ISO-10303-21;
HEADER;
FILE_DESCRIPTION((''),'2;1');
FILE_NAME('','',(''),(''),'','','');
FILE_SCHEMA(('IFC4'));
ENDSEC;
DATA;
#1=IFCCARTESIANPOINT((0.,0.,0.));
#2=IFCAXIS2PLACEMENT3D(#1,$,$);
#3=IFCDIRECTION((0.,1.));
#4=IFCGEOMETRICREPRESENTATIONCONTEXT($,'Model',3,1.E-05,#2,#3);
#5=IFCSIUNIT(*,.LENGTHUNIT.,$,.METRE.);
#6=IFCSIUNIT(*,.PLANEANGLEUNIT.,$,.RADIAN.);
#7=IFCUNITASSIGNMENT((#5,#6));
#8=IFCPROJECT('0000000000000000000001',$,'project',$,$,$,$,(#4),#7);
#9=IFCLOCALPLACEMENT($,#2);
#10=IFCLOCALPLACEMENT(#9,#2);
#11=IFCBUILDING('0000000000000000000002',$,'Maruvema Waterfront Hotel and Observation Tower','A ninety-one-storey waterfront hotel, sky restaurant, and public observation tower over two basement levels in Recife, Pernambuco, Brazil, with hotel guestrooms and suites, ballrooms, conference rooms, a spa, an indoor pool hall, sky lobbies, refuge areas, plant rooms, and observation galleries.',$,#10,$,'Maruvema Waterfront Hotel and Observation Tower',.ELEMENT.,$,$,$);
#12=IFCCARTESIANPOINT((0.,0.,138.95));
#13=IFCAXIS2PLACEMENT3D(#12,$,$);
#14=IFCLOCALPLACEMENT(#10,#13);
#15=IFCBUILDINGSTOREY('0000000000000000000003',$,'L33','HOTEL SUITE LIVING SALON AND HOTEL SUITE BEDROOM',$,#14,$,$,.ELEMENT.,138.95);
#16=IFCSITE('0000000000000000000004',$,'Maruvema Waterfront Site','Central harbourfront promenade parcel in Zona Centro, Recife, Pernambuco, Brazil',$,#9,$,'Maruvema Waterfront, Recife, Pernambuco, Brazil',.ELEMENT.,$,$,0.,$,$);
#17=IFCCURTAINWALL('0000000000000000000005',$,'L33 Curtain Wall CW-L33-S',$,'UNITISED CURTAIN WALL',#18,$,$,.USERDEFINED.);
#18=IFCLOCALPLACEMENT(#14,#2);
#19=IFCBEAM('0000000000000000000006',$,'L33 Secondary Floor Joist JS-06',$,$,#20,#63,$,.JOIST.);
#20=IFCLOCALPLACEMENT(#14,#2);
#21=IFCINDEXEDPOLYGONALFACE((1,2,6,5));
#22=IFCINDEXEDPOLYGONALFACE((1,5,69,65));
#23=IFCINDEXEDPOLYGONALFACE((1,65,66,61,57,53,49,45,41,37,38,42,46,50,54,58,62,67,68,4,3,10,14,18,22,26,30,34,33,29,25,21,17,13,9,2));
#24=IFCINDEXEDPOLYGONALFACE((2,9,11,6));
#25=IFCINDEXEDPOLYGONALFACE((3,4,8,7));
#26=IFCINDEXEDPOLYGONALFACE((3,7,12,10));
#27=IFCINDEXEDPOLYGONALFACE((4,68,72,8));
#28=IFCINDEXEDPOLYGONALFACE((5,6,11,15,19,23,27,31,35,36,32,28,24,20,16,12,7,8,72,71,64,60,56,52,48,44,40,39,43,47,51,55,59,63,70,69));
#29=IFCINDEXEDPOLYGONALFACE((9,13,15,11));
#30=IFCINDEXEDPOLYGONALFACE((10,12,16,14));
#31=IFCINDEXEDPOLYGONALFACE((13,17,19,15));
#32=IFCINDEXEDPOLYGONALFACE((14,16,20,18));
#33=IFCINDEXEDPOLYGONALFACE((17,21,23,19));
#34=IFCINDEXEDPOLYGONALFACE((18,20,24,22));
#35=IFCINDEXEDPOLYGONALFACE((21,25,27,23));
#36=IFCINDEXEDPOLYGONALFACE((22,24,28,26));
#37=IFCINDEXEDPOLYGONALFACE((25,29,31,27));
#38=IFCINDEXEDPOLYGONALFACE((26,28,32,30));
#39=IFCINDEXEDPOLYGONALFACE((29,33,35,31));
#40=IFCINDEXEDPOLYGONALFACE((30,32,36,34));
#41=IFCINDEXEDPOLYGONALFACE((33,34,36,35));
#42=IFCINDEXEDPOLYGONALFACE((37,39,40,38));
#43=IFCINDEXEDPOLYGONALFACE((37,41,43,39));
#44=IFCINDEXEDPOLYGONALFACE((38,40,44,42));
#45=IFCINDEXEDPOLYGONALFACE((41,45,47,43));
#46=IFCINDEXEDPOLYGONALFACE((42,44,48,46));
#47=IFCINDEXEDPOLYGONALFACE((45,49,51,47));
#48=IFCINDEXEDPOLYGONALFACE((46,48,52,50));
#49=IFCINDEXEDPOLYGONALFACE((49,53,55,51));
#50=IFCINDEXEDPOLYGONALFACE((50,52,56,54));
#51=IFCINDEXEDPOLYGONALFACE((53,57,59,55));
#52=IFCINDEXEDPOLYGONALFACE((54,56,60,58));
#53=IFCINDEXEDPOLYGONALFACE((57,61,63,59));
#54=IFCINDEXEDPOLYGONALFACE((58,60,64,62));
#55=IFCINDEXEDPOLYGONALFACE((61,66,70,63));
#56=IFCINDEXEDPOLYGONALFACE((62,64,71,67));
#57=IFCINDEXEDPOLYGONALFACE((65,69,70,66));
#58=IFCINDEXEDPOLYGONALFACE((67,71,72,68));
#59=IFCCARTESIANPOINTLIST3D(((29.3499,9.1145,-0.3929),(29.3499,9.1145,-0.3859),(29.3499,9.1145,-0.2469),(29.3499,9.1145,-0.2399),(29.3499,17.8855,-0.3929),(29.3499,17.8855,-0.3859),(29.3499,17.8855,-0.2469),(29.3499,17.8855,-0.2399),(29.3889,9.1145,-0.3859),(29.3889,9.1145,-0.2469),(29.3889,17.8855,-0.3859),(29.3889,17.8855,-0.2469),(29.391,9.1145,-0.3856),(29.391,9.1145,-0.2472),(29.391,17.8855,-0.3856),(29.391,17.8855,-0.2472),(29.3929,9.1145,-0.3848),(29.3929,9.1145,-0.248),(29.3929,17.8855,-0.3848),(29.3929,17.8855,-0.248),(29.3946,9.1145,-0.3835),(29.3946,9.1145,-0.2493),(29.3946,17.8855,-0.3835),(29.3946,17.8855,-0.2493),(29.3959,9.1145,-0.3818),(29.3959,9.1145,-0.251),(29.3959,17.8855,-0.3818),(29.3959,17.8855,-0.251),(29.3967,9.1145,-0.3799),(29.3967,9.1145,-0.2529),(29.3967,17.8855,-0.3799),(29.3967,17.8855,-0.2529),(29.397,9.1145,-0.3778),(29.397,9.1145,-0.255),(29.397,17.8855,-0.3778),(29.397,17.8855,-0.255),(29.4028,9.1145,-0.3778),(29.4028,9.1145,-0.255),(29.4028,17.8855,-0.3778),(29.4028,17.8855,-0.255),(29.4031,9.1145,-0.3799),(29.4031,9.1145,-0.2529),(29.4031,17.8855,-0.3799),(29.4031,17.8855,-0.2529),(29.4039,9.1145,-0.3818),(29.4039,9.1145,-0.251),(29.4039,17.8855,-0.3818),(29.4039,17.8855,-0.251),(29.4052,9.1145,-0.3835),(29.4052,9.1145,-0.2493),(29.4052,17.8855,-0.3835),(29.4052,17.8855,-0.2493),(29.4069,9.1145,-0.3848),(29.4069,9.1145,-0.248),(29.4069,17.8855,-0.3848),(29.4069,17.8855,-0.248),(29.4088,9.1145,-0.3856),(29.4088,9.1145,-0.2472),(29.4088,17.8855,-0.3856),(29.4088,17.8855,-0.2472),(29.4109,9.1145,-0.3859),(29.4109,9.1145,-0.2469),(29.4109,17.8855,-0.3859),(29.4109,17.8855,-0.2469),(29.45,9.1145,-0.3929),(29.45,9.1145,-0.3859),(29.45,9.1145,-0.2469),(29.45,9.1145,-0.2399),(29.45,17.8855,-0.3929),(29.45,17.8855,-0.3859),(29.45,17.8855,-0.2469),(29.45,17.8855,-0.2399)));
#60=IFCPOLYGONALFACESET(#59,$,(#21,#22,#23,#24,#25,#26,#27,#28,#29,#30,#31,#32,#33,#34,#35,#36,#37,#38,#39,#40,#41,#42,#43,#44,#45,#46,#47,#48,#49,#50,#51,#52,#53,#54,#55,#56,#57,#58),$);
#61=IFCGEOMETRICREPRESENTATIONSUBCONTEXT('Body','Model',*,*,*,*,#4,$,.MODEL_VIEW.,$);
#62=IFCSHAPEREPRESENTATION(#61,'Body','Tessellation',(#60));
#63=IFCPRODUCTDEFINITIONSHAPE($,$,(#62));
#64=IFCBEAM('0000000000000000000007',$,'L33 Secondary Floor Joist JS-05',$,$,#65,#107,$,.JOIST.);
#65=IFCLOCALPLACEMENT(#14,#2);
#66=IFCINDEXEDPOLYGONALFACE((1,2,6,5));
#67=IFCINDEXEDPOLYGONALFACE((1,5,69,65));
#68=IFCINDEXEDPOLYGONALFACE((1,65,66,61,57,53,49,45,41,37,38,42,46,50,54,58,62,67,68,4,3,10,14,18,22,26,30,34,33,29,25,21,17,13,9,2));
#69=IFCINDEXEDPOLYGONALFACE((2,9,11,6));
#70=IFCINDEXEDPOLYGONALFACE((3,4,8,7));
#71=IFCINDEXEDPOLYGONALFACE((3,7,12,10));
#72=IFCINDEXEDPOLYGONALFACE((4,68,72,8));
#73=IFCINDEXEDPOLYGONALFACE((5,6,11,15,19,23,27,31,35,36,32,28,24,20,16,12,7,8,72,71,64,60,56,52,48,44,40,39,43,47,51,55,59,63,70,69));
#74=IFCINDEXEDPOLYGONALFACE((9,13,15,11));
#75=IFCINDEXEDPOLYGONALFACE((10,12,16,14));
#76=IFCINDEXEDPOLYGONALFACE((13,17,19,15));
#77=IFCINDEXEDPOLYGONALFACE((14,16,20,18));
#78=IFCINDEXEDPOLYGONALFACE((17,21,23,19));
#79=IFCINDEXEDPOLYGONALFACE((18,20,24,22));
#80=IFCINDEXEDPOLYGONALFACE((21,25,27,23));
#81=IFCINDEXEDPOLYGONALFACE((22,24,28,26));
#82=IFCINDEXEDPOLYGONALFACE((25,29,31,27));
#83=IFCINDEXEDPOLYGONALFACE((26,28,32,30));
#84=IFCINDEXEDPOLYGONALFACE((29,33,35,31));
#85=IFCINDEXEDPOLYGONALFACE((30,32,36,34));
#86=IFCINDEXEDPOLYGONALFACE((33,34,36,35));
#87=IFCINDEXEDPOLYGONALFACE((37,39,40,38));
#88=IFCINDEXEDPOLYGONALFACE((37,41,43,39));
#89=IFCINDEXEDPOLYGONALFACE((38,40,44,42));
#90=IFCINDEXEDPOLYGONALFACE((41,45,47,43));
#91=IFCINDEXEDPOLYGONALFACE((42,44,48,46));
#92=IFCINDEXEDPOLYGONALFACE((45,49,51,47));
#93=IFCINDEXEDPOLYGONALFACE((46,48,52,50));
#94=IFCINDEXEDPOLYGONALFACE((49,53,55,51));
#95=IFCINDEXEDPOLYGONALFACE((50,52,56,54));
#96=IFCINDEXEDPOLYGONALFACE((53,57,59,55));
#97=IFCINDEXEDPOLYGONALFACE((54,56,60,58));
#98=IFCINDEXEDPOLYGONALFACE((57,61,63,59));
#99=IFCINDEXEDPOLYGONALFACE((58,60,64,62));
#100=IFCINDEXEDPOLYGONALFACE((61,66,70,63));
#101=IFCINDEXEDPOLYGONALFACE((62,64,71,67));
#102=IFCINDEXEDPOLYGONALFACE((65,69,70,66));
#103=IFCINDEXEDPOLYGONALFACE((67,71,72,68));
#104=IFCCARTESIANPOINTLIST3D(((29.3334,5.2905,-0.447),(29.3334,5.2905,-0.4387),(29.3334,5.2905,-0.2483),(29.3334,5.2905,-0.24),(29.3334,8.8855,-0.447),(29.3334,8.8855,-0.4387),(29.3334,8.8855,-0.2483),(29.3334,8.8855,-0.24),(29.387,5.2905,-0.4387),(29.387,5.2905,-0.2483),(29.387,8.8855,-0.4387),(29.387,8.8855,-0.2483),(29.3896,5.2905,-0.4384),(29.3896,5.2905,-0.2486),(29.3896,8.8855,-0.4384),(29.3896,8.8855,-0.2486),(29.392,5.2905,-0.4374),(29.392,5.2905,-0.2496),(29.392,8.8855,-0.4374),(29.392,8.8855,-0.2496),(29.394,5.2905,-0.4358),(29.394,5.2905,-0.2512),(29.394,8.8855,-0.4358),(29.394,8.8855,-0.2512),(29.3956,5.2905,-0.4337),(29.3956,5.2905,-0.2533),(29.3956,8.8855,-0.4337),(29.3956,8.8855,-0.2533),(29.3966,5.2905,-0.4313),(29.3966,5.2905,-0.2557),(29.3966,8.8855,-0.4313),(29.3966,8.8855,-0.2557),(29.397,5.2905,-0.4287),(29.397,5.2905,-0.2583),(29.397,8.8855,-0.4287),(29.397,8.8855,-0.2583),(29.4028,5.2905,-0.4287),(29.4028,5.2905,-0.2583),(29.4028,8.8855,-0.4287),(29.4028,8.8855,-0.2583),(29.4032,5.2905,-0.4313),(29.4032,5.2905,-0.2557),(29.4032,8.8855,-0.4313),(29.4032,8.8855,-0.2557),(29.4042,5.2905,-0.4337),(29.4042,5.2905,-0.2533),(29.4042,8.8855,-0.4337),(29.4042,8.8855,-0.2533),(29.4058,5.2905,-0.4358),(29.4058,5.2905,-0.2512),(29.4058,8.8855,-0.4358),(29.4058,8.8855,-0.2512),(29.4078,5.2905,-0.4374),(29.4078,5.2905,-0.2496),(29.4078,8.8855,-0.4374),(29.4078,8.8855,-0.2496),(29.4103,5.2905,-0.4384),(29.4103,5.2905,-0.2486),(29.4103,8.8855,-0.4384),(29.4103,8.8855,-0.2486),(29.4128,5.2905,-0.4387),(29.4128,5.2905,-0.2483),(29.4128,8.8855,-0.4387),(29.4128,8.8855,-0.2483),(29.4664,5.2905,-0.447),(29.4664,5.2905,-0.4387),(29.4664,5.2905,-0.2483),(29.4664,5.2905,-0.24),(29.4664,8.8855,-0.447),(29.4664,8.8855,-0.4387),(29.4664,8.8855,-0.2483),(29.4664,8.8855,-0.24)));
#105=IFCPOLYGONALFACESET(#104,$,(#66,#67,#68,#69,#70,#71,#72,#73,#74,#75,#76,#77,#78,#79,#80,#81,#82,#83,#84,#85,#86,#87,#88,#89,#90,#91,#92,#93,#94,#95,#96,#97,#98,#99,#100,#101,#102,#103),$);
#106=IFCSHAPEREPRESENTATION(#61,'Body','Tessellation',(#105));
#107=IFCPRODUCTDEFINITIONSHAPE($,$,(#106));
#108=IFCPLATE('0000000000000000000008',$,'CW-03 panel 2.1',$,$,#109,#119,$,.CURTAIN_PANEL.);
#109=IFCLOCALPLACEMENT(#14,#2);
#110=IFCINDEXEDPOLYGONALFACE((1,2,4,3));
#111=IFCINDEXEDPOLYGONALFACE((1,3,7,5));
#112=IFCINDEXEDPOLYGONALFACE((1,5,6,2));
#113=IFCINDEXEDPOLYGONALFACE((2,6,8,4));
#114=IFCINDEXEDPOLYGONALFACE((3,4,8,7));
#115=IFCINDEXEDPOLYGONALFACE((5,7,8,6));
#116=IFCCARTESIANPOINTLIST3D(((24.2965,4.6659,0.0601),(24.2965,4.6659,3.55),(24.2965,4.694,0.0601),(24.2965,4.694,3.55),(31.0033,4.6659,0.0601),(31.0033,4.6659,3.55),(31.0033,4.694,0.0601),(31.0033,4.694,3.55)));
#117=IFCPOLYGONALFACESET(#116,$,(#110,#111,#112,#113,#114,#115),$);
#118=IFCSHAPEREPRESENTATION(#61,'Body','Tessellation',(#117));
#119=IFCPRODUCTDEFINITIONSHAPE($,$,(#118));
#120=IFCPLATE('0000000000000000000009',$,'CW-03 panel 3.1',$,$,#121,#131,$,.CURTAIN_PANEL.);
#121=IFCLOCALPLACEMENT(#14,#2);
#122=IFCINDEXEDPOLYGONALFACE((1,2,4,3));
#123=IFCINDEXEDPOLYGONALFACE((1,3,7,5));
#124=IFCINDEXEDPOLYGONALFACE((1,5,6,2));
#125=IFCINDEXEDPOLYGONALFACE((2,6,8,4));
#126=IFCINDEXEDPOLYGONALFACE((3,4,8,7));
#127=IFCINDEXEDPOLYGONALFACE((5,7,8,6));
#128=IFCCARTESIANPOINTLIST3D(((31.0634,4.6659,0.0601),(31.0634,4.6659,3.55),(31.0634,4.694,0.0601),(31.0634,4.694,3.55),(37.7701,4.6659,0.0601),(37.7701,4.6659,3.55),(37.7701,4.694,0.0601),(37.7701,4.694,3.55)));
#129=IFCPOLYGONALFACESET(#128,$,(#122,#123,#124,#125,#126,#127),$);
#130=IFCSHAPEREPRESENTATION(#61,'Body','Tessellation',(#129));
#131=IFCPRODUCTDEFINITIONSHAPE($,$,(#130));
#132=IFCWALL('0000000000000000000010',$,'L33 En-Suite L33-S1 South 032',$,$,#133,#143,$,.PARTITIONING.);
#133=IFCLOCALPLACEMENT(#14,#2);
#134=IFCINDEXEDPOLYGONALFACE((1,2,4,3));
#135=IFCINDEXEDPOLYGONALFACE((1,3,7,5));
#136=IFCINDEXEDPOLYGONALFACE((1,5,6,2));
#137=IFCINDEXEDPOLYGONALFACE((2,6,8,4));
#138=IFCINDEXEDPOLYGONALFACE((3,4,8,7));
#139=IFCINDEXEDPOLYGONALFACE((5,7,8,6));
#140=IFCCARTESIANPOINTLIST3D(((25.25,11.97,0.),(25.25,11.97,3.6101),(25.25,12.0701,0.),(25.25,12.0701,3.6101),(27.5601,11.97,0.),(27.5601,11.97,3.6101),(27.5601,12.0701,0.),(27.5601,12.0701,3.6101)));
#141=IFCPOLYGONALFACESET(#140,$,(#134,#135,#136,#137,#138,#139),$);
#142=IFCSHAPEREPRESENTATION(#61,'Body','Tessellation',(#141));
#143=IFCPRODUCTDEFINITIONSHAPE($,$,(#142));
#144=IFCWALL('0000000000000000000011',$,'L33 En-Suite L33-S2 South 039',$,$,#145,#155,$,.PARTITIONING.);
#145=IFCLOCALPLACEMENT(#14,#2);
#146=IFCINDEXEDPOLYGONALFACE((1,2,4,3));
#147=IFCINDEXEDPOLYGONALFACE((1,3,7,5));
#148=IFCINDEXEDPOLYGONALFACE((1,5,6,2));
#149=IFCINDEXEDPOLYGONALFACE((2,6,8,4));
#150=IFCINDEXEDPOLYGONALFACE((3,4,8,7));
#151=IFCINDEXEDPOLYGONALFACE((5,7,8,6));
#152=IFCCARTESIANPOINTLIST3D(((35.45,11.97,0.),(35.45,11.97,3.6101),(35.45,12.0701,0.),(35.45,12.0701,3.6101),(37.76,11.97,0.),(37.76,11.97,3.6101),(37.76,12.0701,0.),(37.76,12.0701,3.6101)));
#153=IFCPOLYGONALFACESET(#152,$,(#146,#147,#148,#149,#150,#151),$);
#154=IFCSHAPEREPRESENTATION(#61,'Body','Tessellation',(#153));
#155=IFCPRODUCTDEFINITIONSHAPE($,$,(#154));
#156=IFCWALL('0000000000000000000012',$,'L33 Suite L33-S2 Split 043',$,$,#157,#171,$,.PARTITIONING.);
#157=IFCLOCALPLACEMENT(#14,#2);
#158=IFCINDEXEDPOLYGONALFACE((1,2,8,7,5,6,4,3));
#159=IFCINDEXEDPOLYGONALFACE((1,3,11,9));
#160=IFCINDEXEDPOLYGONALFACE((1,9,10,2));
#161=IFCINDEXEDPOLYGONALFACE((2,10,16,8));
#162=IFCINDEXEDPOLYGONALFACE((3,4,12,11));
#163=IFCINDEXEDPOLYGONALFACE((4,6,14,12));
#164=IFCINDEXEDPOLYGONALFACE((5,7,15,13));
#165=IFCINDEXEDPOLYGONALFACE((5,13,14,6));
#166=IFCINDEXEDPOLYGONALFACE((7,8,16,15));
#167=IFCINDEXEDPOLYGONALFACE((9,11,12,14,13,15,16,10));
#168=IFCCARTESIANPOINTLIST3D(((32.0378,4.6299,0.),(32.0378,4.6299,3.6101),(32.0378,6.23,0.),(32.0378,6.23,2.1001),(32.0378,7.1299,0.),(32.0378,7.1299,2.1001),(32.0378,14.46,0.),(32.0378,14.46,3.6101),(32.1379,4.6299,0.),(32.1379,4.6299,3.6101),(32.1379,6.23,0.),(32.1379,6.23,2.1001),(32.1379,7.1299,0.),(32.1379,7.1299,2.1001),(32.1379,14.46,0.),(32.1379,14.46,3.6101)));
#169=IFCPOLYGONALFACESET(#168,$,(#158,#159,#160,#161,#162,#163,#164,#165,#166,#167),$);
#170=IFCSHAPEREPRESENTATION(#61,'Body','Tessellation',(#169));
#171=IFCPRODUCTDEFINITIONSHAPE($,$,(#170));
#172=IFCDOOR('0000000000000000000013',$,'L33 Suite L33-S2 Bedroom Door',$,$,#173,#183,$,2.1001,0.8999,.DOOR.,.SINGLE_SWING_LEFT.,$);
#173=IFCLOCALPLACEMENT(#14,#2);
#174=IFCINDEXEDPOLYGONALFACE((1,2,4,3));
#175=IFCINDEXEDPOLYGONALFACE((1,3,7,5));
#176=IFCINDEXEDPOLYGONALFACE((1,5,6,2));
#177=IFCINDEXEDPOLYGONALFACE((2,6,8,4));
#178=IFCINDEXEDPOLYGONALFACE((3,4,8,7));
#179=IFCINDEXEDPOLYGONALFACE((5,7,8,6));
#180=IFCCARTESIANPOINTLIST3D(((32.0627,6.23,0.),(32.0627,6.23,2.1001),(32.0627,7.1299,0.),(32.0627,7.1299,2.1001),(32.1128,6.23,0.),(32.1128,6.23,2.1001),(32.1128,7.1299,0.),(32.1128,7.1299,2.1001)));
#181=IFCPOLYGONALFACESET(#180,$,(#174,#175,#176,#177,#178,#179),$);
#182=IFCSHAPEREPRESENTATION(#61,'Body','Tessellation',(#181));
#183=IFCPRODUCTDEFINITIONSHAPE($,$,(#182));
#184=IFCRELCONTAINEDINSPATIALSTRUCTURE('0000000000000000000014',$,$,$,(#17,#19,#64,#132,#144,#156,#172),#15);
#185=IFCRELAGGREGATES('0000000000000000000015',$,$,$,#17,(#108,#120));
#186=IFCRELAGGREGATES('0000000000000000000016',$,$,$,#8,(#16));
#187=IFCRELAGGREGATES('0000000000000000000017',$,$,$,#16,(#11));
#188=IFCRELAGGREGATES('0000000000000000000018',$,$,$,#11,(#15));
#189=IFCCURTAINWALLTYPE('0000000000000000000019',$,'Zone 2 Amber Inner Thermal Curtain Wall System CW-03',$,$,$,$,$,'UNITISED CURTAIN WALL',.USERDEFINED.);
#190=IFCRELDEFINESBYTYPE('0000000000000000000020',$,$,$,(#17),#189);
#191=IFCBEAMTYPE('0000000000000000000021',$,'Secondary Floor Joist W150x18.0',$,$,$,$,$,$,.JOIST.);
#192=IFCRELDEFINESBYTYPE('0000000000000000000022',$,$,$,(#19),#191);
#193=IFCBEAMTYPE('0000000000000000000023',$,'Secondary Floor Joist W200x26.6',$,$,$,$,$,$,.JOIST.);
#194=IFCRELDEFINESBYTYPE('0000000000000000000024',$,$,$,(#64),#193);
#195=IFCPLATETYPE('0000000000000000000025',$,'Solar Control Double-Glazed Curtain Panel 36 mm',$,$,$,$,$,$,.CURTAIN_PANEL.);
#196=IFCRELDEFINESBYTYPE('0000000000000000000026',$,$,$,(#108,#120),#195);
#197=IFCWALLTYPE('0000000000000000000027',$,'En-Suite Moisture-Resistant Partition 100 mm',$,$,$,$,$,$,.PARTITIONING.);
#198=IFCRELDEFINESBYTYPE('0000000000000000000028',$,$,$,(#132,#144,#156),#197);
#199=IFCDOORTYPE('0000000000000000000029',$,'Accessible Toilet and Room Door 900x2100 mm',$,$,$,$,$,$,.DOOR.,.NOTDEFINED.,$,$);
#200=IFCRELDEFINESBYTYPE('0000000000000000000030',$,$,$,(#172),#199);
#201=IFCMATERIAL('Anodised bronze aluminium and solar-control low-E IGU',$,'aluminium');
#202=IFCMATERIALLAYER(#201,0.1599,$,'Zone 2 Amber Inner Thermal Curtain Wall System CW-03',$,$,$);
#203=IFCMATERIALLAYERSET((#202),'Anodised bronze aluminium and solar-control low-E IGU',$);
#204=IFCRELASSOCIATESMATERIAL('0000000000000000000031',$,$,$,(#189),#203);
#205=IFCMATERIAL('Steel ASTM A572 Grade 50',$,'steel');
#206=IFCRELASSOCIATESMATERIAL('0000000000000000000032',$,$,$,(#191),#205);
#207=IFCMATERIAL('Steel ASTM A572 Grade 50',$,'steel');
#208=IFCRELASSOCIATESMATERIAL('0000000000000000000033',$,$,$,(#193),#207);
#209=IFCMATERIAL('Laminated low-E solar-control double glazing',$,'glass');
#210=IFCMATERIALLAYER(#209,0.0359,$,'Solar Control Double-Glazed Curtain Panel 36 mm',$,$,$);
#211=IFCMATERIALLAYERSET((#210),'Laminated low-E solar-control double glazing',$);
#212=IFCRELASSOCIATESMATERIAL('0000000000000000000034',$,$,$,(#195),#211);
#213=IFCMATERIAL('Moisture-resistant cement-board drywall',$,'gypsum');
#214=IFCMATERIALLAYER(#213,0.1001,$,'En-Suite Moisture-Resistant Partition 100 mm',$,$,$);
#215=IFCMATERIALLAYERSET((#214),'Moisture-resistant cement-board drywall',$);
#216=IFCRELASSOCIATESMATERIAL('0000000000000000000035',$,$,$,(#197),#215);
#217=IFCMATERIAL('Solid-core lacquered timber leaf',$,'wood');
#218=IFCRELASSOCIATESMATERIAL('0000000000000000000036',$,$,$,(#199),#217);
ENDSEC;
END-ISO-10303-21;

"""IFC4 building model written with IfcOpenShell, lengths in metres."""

from ifc_helpers import new_model, si_unit, direction, frame, frame_2d, origin, origin_2d, place, context, subcontext, project, spatial, rectangle, i_section, extrude, material, layer, layer_set, material_profile, profile_set, type_object, element, fill, aggregate, save


model = new_model("IFC4")

# Units and contexts
model_context = context("Model", 3, precision=1e-05, world=origin(), true_north=direction((0.0, 1.0)))
body_context = subcontext(model_context, "Body", "Model", "MODEL_VIEW")
ifc_project = project(units=[si_unit("LENGTHUNIT", "METRE"), si_unit("PLANEANGLEUNIT", "RADIAN")], contexts=[model_context])

# Site, building, storey
site_placement = place(None, origin())
site = spatial("IfcSite", under=ifc_project, at=site_placement, Name="Maruvema Waterfront Site", Description="Central harbourfront promenade parcel in Zona Centro, Recife, Pernambuco, Brazil", LongName="Maruvema Waterfront, Recife, Pernambuco, Brazil", CompositionType="ELEMENT", RefElevation=0.0)
building_placement = place(site_placement, origin())
building = spatial("IfcBuilding", under=site, at=building_placement, Name="Maruvema Waterfront Hotel and Observation Tower", Description="A ninety-one-storey waterfront hotel, sky restaurant, and public observation tower over two basement levels in Recife, Pernambuco, Brazil, with hotel guestrooms and suites, ballrooms, conference rooms, a spa, an indoor pool hall, sky lobbies, refuge areas, plant rooms, and observation galleries.", LongName="Maruvema Waterfront Hotel and Observation Tower", CompositionType="ELEMENT")
storey_placement = place(building_placement, frame((0.0, 0.0, 138.95)))
storey = spatial("IfcBuildingStorey", under=building, at=storey_placement, Name="L33", Description="HOTEL SUITE LIVING SALON AND HOTEL SUITE BEDROOM", CompositionType="ELEMENT", Elevation=138.95)

# Curtain wall
ifc_material_1 = material(Name="Anodised bronze aluminium and solar-control low-E IGU", Category="aluminium")
ifc_layer_1 = layer(ifc_material_1, 0.1599, Name="Zone 2 Amber Inner Thermal Curtain Wall System CW-03")
ifc_layer_set_1 = layer_set([ifc_layer_1], Name="Anodised bronze aluminium and solar-control low-E IGU")
curtain_wall_type = type_object("IfcCurtainWallType", Name="Zone 2 Amber Inner Thermal Curtain Wall System CW-03", ElementType="UNITISED CURTAIN WALL", PredefinedType="USERDEFINED", material=ifc_layer_set_1)
curtain_wall_placement = place(storey_placement, origin())
curtain_wall = element("IfcCurtainWall", 1, at=curtain_wall_placement, inside=storey, type_object=curtain_wall_type, Name="L33 Curtain Wall CW-L33-S", ObjectType="UNITISED CURTAIN WALL", PredefinedType="USERDEFINED")

# Beams
ifc_material_2 = material(Name="Steel ASTM A572 Grade 50", Category="steel")
ifc_material_profile_1 = material_profile(ifc_material_2, i_section(OverallWidth=0.1001, OverallDepth=0.1531, WebThickness=0.0059, FlangeThickness=0.0071, FilletRadius=0.0081, at=origin_2d()), Name="W150x18.0")
ifc_profile_set_1 = profile_set([ifc_material_profile_1], Name="Steel ASTM A572 Grade 50")
beam_type_1 = type_object("IfcBeamType", Name="Secondary Floor Joist W150x18.0", PredefinedType="JOIST", material=ifc_profile_set_1)
beam_1_placement = place(storey_placement, frame((29.3999, 9.1145, -0.3164), z_axis=(0.0, 1.0, 0.0), x_axis=(-1.0, 0.0, 0.0)))
element("IfcBeam", 2, at=beam_1_placement, inside=storey, type_object=beam_type_1, Name="L33 Secondary Floor Joist JS-06", PredefinedType="JOIST", context=body_context, shape_type="SweptSolid", body=[
    extrude(i_section(OverallWidth=0.1001, OverallDepth=0.1531, WebThickness=0.0059, FlangeThickness=0.0071, FilletRadius=0.0081, at=origin_2d()), origin(), (0.0, 0.0, 1.0), 8.771),
])
ifc_material_3 = material(Name="Steel ASTM A572 Grade 50", Category="steel")
ifc_material_profile_2 = material_profile(ifc_material_3, i_section(OverallWidth=0.1331, OverallDepth=0.207, WebThickness=0.0059, FlangeThickness=0.0083, FilletRadius=0.01, at=origin_2d()), Name="W200x26.6")
ifc_profile_set_2 = profile_set([ifc_material_profile_2], Name="Steel ASTM A572 Grade 50")
beam_type_2 = type_object("IfcBeamType", Name="Secondary Floor Joist W200x26.6", PredefinedType="JOIST", material=ifc_profile_set_2)
beam_2_placement = place(storey_placement, frame((29.3999, 5.2905, -0.3435), z_axis=(0.0, 1.0, 0.0), x_axis=(-1.0, 0.0, 0.0)))
element("IfcBeam", 3, at=beam_2_placement, inside=storey, type_object=beam_type_2, Name="L33 Secondary Floor Joist JS-05", PredefinedType="JOIST", context=body_context, shape_type="SweptSolid", body=[
    extrude(i_section(OverallWidth=0.1331, OverallDepth=0.207, WebThickness=0.0059, FlangeThickness=0.0083, FilletRadius=0.01, at=origin_2d()), origin(), (0.0, 0.0, 1.0), 3.595),
])

# Plates
ifc_material_4 = material(Name="Laminated low-E solar-control double glazing", Category="glass")
ifc_layer_2 = layer(ifc_material_4, 0.0359, Name="Solar Control Double-Glazed Curtain Panel 36 mm")
ifc_layer_set_2 = layer_set([ifc_layer_2], Name="Laminated low-E solar-control double glazing")
plate_type = type_object("IfcPlateType", Name="Solar Control Double-Glazed Curtain Panel 36 mm", PredefinedType="CURTAIN_PANEL", material=ifc_layer_set_2)
plate_1_placement = place(storey_placement, frame((27.6499, 4.6799, 0.0601), z_axis=(0.0, 0.0, 1.0), x_axis=(1.0, 0.0, 0.0)))
plate_1 = element("IfcPlate", 4, at=plate_1_placement, type_object=plate_type, Name="CW-03 panel 2.1", PredefinedType="CURTAIN_PANEL", context=body_context, shape_type="SweptSolid", body=[
    extrude(rectangle(XDim=6.7068, YDim=0.0281, at=origin_2d()), origin(), (0.0, 0.0, 1.0), 3.49),
])
plate_2_placement = place(storey_placement, frame((34.4167, 4.6799, 0.0601), z_axis=(0.0, 0.0, 1.0), x_axis=(1.0, 0.0, 0.0)))
plate_2 = element("IfcPlate", 5, at=plate_2_placement, type_object=plate_type, Name="CW-03 panel 3.1", PredefinedType="CURTAIN_PANEL", context=body_context, shape_type="SweptSolid", body=[
    extrude(rectangle(XDim=6.7068, YDim=0.0281, at=origin_2d()), origin(), (0.0, 0.0, 1.0), 3.49),
])
aggregate(curtain_wall, [plate_1, plate_2])

# Walls
ifc_material_5 = material(Name="Moisture-resistant cement-board drywall", Category="gypsum")
ifc_layer_3 = layer(ifc_material_5, 0.1001, Name="En-Suite Moisture-Resistant Partition 100 mm")
ifc_layer_set_3 = layer_set([ifc_layer_3], Name="Moisture-resistant cement-board drywall")
wall_type_1 = type_object("IfcWallType", Name="En-Suite Moisture-Resistant Partition 100 mm", PredefinedType="PARTITIONING", material=ifc_layer_set_3)
for number, where, z_axis, x_axis, name in (
    (6, (25.25, 12.02, 0.0), (0.0, 0.0, 1.0), (1.0, 0.0, 0.0), "L33 En-Suite L33-S1 South 032"),
    (7, (35.45, 12.02, 0.0), (0.0, 0.0, 1.0), (1.0, 0.0, 0.0), "L33 En-Suite L33-S2 South 039"),
):
    element("IfcWall", number, at=place(storey_placement, frame(where, z_axis=z_axis, x_axis=x_axis)), inside=storey, type_object=wall_type_1, Name=name, PredefinedType="PARTITIONING", context=body_context, shape_type="SweptSolid", body=[
        extrude(rectangle(XDim=2.3101, YDim=0.1001, at=frame_2d((1.155, 0.0))), origin(), (0.0, 0.0, 1.0), 3.6101),
    ])

# Wall, opening, door
wall_1_placement = place(storey_placement, frame((32.0879, 4.6299, 0.0), z_axis=(0.0, 0.0, 1.0), x_axis=(0.0, 1.0, 0.0)))
wall_1 = element("IfcWall", 8, at=wall_1_placement, inside=storey, type_object=wall_type_1, Name="L33 Suite L33-S2 Split 043", PredefinedType="PARTITIONING", context=body_context, shape_type="SweptSolid", body=[
    extrude(rectangle(XDim=9.8301, YDim=0.1001, at=frame_2d((4.915, 0.0))), origin(), (0.0, 0.0, 1.0), 3.6101),
])
opening_placement = place(wall_1_placement, frame((1.6001, 0.0, 0.0)))
opening = element("IfcOpeningElement", 9, at=opening_placement, cuts=wall_1, PredefinedType="OPENING", context=body_context, shape_type="SweptSolid", body=[
    extrude(rectangle(XDim=0.8999, YDim=2.1001, at=frame_2d((0.45, 1.05))), frame((0.0, 0.0601, 0.0), z_axis=(0.0, -1.0, 0.0), x_axis=(1.0, 0.0, 0.0)), (0.0, 0.0, 1.0), 0.1201),
])
ifc_material_6 = material(Name="Solid-core lacquered timber leaf", Category="wood")
door_type = type_object("IfcDoorType", Name="Accessible Toilet and Room Door 900x2100 mm", OperationType="NOTDEFINED", PredefinedType="DOOR", material=ifc_material_6)
door_placement = place(opening_placement, frame((0.8999, 0.0, 0.0), z_axis=(0.0, 0.0, 1.0), x_axis=(-1.0, 0.0, 0.0)))
door = element("IfcDoor", 10, at=door_placement, inside=storey, type_object=door_type, Name="L33 Suite L33-S2 Bedroom Door", OperationType="SINGLE_SWING_LEFT", OverallHeight=2.1001, OverallWidth=0.8999, PredefinedType="DOOR", context=body_context, shape_type="SweptSolid", body=[
    extrude(rectangle(XDim=0.8999, YDim=2.1001, at=frame_2d((0.45, 1.05))), frame((0.0, 0.0249, 0.0), z_axis=(0.0, -1.0, 0.0), x_axis=(1.0, 0.0, 0.0)), (0.0, 0.0, 1.0), 0.05),
])
fill(opening, door)

save(model, "model.ifc")
